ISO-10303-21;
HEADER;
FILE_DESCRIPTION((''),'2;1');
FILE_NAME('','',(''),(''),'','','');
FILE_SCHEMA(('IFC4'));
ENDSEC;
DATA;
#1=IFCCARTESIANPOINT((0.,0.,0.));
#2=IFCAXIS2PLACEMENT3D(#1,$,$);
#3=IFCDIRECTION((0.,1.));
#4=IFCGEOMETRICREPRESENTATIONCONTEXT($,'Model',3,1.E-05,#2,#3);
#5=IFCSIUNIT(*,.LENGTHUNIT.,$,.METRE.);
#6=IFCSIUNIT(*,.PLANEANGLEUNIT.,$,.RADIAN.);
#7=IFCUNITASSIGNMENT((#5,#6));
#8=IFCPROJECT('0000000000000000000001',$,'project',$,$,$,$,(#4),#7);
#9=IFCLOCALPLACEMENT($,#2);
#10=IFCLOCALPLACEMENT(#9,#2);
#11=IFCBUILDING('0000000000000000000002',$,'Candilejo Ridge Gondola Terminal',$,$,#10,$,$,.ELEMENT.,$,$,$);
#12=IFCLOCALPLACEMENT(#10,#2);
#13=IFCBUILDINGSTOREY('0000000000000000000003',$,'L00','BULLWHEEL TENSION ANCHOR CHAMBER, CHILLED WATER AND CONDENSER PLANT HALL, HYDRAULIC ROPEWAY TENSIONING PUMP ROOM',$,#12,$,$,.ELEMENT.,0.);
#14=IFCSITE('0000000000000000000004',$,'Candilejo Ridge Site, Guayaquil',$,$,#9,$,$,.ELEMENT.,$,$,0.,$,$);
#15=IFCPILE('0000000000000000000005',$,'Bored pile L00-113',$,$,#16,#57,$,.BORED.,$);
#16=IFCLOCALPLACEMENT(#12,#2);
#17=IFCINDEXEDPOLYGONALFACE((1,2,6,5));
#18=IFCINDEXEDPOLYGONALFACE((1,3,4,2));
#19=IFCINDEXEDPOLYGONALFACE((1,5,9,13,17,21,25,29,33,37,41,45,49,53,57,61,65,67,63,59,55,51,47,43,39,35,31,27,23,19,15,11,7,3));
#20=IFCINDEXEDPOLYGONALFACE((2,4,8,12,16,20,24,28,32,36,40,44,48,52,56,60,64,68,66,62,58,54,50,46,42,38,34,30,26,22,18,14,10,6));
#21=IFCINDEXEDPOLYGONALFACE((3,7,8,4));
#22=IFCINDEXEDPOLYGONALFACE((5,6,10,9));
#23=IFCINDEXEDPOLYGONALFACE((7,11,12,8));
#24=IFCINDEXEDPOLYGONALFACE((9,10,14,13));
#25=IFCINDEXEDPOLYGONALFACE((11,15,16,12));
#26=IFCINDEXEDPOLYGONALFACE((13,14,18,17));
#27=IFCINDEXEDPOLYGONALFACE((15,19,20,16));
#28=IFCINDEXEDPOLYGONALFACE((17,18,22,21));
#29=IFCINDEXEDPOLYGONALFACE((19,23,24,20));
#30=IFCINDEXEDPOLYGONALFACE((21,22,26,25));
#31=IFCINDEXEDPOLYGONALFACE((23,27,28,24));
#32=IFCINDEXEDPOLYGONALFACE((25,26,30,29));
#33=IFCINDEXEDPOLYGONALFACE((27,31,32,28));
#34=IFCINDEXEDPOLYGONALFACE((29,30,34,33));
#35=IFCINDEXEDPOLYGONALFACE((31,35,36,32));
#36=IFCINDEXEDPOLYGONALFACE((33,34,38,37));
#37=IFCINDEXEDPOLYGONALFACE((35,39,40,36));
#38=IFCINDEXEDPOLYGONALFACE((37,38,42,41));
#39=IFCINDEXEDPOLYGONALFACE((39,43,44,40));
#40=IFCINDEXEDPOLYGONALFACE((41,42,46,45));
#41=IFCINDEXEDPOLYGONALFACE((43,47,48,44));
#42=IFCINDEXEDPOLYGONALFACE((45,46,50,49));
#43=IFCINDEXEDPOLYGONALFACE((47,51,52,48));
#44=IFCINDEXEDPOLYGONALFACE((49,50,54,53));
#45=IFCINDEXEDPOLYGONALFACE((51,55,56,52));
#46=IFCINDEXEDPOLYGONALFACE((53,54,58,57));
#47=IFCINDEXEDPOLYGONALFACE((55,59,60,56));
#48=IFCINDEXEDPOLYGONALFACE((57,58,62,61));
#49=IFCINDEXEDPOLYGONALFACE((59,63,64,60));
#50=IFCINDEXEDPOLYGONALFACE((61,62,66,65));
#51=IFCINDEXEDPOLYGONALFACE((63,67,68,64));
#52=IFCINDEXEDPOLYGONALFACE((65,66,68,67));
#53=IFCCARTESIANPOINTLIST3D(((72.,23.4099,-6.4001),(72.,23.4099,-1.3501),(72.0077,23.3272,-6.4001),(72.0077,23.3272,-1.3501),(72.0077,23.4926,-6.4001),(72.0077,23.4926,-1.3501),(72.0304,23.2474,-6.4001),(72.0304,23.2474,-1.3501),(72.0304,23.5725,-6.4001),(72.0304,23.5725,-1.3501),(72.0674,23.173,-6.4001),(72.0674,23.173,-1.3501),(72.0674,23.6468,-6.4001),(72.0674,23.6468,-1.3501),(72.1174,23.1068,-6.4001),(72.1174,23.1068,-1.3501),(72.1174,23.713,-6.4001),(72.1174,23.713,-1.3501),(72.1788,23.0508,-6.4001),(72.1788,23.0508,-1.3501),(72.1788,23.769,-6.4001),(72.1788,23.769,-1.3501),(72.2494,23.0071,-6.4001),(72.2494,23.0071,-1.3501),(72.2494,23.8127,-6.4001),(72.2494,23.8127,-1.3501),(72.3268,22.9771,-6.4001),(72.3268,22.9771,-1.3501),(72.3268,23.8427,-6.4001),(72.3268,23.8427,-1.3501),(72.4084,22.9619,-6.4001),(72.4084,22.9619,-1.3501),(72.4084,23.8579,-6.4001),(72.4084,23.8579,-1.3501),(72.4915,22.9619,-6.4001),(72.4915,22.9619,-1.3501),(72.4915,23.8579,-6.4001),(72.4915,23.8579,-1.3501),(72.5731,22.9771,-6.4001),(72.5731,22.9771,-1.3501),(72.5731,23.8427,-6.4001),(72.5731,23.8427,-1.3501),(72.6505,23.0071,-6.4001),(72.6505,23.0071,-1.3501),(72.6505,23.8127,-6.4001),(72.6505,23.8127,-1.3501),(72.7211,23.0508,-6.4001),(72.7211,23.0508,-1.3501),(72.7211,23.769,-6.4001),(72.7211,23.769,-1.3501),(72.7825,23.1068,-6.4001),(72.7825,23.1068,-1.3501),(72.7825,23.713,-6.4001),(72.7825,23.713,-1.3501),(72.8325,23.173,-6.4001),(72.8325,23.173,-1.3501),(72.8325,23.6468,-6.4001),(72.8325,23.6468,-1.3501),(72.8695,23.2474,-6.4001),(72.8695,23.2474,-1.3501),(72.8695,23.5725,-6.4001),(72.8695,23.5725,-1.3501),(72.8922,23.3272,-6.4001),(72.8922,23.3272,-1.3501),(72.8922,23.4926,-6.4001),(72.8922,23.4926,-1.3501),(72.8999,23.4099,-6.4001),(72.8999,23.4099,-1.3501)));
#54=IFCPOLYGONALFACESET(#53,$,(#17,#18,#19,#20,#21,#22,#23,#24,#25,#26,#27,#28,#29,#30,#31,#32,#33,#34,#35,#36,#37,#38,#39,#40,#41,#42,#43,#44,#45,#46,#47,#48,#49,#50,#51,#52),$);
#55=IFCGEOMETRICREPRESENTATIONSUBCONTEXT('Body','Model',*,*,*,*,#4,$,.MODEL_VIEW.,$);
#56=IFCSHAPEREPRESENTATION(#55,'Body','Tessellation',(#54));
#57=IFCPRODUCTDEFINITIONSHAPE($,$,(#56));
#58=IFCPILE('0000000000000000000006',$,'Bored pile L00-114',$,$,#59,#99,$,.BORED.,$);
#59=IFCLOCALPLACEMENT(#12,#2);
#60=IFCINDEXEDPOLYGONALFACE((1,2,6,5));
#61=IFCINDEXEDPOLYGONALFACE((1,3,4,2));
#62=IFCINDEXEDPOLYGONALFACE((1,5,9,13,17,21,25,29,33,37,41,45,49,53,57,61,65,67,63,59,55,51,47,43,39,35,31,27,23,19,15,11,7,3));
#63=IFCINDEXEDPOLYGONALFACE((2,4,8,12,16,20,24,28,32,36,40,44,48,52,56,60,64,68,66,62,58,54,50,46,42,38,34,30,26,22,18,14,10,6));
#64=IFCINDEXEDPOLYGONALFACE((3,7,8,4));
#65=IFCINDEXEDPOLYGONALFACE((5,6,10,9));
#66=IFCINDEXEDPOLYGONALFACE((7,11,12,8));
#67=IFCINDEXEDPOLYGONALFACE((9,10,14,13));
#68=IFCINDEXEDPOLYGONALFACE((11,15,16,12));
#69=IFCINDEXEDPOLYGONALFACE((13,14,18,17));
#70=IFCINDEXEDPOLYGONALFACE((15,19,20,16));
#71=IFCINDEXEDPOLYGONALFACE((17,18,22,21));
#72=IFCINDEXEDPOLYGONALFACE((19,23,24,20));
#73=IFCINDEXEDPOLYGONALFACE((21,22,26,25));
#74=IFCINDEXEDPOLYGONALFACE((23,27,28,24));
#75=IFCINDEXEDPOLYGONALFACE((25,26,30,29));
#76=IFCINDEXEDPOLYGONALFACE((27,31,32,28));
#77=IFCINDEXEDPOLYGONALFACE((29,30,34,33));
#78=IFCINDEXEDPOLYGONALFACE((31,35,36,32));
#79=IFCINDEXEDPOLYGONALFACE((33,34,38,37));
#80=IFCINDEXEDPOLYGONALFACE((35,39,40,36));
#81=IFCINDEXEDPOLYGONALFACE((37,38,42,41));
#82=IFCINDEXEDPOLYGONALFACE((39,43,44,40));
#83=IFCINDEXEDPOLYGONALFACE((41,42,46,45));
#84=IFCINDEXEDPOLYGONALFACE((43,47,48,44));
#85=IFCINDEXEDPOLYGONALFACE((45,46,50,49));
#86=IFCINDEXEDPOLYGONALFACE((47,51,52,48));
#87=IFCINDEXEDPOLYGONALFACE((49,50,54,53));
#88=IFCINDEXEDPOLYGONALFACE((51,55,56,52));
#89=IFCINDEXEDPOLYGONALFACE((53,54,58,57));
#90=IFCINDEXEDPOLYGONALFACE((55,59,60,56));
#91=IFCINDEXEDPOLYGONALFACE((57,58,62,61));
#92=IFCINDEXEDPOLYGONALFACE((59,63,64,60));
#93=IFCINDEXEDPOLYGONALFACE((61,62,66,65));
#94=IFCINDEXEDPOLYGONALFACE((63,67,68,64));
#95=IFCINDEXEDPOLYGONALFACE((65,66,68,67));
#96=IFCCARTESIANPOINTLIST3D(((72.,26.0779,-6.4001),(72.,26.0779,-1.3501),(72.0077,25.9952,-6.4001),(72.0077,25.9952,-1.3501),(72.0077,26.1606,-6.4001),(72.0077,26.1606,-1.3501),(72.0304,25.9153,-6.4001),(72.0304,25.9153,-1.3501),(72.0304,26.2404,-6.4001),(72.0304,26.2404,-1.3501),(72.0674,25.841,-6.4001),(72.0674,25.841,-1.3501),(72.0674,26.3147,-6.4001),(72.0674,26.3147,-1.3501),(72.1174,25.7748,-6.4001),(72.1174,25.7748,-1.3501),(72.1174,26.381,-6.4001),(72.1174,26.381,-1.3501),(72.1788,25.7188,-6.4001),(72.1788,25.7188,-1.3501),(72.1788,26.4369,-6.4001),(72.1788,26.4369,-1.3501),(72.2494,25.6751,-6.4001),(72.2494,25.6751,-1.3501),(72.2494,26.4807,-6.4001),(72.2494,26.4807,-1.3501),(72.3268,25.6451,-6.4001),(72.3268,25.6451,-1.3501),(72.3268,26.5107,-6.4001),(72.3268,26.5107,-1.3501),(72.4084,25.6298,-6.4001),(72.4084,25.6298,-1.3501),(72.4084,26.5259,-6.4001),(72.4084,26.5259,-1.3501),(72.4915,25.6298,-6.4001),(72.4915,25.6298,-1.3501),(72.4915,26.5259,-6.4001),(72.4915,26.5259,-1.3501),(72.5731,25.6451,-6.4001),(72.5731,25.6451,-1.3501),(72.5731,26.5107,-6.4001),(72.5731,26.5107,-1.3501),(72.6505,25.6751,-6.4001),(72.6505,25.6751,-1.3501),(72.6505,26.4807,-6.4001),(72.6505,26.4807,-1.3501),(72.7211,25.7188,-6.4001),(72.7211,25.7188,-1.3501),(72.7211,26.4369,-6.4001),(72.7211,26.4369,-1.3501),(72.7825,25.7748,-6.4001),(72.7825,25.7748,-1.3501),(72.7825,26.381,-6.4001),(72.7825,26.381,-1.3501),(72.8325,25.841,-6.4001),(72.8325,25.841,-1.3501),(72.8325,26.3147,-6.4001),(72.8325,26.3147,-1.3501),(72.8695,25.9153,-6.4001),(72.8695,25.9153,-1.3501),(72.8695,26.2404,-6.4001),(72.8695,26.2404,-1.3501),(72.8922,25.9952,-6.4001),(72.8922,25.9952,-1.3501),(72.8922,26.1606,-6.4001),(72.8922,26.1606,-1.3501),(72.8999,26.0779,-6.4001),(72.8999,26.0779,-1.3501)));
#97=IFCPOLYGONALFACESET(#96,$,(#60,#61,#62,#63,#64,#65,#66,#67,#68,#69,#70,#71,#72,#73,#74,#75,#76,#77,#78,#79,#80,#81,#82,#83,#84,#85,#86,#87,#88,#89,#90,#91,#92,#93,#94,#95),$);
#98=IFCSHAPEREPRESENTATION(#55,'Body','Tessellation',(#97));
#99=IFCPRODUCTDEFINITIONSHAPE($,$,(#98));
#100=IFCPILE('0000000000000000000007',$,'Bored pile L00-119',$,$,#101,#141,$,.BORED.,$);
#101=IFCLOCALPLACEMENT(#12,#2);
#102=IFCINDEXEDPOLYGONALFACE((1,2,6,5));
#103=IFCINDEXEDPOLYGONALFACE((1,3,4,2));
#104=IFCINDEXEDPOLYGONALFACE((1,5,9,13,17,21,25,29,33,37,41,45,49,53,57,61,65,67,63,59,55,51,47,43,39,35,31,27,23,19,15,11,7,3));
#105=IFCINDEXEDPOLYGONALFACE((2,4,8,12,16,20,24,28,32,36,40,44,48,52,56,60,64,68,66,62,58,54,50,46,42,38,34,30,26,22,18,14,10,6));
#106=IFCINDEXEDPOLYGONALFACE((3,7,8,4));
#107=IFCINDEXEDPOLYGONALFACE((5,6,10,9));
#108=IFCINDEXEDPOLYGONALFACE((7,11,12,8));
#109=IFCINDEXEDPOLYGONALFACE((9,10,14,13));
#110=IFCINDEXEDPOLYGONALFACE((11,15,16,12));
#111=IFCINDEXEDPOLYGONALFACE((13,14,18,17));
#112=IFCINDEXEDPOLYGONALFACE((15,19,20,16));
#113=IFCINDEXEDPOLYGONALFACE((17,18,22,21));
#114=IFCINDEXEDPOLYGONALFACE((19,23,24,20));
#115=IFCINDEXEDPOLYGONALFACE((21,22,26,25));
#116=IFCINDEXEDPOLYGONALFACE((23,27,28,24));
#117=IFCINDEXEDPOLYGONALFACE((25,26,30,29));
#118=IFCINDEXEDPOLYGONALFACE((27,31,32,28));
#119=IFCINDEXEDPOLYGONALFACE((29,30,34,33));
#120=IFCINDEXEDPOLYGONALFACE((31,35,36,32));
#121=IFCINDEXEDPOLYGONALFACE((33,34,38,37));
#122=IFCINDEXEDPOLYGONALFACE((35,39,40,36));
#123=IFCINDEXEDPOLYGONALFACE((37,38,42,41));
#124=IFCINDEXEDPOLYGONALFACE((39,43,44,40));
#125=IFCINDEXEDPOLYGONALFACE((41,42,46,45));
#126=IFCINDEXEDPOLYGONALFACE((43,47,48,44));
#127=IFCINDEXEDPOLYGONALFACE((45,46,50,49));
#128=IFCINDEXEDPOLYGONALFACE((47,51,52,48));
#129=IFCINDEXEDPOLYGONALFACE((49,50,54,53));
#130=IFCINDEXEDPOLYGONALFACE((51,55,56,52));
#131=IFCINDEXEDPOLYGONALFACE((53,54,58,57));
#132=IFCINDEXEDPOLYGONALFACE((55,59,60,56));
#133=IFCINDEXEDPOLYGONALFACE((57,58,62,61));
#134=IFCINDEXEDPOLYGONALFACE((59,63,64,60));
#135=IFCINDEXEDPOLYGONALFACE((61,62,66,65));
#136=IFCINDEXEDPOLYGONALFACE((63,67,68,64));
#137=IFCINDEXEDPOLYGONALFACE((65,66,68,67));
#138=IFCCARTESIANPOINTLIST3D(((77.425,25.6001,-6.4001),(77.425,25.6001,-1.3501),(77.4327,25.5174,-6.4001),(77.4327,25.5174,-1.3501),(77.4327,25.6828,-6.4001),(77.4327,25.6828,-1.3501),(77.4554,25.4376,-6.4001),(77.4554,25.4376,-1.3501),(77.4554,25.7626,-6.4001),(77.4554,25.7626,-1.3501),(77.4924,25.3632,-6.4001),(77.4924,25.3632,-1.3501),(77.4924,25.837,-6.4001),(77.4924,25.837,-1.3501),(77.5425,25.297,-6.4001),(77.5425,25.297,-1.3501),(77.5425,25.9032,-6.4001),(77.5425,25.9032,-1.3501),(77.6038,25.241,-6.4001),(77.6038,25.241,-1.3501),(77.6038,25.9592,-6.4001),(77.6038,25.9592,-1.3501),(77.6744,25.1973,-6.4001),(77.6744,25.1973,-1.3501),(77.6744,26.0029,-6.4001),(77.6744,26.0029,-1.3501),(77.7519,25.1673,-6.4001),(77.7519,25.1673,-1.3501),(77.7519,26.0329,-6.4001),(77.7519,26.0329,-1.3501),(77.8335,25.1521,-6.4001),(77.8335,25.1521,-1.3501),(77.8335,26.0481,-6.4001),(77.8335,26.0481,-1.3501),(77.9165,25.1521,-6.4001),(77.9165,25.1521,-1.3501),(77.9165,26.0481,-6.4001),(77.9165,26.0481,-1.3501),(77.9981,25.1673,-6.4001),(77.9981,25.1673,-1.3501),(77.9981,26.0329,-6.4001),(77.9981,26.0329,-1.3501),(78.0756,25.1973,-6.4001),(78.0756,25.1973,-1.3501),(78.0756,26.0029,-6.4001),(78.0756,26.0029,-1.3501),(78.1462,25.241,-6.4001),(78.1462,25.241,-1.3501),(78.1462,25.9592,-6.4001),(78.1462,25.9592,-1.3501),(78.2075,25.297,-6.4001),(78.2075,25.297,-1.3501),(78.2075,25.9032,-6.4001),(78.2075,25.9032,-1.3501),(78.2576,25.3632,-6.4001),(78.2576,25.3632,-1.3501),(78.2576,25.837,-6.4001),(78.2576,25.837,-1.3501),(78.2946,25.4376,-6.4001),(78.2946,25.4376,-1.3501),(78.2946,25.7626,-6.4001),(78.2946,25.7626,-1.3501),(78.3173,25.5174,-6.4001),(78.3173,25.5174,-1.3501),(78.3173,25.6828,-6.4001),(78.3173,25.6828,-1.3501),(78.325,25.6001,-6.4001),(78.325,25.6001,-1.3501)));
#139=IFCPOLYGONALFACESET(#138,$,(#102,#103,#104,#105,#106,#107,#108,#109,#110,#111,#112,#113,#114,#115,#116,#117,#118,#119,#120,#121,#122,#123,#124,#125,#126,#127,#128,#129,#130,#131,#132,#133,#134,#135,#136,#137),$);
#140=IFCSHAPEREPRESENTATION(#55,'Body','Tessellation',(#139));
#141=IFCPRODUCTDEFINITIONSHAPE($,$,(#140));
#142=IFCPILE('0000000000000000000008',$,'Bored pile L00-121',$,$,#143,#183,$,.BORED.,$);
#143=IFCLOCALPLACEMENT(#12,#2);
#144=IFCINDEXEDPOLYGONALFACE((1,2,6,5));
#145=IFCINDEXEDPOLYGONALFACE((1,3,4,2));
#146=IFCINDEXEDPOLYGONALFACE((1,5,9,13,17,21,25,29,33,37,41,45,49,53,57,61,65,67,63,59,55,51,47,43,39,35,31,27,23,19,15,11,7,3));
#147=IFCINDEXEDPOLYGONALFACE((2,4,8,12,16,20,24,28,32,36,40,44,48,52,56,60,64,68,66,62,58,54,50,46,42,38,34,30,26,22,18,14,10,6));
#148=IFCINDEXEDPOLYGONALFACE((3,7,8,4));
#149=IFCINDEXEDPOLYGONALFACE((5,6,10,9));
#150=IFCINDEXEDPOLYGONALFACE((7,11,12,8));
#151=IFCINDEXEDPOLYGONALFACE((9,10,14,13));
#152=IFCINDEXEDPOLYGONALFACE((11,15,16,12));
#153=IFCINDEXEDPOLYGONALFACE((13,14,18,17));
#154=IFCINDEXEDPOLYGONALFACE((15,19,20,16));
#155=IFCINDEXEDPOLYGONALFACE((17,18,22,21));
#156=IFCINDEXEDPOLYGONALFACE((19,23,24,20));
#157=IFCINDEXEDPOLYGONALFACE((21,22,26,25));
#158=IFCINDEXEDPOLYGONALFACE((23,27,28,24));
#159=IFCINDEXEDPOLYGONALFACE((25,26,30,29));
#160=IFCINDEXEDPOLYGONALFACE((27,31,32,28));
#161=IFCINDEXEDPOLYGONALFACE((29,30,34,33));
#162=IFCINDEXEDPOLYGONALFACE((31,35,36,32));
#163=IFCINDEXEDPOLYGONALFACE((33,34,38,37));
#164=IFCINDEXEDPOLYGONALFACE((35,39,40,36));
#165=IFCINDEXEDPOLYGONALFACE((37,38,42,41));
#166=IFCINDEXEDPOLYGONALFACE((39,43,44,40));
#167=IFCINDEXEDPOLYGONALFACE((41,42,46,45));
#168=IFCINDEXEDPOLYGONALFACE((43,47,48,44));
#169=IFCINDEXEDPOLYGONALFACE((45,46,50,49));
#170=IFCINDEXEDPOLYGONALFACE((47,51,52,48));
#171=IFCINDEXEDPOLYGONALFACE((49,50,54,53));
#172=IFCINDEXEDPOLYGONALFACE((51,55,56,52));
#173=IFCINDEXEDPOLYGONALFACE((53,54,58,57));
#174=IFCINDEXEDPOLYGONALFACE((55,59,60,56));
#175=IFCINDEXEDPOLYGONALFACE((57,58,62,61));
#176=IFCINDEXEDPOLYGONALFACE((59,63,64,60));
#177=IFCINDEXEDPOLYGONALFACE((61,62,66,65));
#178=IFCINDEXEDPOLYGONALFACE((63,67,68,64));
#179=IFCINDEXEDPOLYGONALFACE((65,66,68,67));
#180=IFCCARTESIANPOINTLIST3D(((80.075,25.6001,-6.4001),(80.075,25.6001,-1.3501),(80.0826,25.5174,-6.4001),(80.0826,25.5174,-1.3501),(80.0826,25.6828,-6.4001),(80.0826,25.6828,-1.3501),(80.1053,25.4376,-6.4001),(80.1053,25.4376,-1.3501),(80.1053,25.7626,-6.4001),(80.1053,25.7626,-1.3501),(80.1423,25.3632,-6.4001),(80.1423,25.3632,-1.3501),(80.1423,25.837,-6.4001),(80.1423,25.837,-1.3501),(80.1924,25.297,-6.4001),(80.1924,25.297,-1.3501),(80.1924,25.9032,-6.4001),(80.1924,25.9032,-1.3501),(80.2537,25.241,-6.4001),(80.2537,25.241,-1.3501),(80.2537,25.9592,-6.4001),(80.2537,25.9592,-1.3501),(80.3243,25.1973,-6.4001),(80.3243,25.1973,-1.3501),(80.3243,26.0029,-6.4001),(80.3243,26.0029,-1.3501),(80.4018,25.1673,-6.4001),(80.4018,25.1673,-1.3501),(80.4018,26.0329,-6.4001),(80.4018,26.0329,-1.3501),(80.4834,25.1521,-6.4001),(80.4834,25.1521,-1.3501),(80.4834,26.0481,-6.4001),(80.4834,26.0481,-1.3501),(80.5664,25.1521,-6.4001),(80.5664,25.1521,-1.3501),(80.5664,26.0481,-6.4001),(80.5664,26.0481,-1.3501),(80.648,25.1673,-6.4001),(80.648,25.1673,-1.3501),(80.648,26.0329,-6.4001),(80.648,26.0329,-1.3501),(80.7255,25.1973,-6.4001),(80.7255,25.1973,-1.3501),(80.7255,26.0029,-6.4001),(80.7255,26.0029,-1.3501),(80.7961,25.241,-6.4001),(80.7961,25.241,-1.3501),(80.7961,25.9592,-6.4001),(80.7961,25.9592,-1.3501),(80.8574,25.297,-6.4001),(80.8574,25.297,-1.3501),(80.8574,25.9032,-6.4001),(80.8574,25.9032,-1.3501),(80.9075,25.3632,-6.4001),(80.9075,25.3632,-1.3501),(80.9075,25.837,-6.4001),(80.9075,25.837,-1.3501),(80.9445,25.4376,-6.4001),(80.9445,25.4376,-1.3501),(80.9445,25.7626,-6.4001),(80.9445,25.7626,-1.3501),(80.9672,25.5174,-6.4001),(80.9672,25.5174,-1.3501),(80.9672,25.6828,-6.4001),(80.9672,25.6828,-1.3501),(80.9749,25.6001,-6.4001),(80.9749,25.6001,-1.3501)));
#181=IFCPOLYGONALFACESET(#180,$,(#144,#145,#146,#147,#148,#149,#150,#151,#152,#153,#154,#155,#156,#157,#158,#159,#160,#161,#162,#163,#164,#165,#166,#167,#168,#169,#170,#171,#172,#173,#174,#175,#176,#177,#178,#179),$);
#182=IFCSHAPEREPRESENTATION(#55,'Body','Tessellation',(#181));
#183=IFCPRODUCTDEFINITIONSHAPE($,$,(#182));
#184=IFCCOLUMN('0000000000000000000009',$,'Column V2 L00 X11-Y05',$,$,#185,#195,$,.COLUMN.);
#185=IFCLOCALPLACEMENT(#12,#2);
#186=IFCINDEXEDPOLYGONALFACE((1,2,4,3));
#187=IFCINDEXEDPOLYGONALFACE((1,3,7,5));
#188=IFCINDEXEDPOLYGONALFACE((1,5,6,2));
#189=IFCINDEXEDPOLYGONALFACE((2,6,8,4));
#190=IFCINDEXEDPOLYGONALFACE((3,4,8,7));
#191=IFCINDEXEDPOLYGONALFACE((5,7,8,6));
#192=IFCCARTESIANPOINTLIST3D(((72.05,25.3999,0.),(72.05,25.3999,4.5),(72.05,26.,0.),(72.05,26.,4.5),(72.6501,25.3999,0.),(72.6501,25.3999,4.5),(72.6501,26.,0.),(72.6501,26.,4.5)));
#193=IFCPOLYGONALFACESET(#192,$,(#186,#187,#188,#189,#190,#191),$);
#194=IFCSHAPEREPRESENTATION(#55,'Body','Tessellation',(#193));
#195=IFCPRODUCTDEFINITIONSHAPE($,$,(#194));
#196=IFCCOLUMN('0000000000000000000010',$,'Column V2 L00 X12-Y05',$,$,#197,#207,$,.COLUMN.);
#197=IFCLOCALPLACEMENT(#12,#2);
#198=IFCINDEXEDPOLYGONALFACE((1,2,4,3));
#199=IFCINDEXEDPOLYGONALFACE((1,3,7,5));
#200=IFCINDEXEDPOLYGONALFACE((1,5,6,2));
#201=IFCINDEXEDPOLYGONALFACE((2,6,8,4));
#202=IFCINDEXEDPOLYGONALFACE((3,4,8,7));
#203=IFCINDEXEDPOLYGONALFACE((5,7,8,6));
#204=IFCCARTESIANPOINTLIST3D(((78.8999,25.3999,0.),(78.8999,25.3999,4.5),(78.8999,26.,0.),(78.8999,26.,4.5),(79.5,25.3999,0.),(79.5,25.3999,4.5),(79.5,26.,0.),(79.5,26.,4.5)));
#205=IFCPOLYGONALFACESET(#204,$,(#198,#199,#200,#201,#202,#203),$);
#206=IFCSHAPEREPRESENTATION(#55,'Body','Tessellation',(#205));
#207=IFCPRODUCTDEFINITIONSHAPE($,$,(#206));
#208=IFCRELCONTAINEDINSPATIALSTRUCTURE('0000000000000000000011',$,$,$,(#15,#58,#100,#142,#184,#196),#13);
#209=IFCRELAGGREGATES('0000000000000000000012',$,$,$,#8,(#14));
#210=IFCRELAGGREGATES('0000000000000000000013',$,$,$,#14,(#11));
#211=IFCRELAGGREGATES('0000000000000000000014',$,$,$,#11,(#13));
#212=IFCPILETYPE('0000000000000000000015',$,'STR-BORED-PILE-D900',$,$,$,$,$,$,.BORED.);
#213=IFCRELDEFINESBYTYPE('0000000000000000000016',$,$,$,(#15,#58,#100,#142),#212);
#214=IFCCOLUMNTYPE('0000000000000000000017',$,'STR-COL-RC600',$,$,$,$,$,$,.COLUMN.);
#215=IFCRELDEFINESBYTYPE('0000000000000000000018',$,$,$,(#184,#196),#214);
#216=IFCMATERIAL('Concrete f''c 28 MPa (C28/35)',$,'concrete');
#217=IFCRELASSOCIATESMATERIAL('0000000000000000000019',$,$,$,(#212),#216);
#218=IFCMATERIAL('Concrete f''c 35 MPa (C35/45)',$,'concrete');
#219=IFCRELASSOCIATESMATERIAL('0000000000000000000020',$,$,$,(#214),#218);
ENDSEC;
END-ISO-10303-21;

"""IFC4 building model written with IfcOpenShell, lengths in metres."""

from ifc_helpers import new_model, si_unit, direction, frame, origin, origin_2d, place, context, subcontext, project, spatial, rectangle, circle, extrude, material, material_profile, profile_set, type_object, element, save


model = new_model("IFC4")

# Units and contexts
model_context = context("Model", 3, precision=1e-05, world=origin(), true_north=direction((0.0, 1.0)))
body_context = subcontext(model_context, "Body", "Model", "MODEL_VIEW")
ifc_project = project(units=[si_unit("LENGTHUNIT", "METRE"), si_unit("PLANEANGLEUNIT", "RADIAN")], contexts=[model_context])

# Site, building, storey
site_placement = place(None, origin())
site = spatial("IfcSite", under=ifc_project, at=site_placement, Name="Candilejo Ridge Site, Guayaquil", CompositionType="ELEMENT", RefElevation=0.0)
building_placement = place(site_placement, origin())
building = spatial("IfcBuilding", under=site, at=building_placement, Name="Candilejo Ridge Gondola Terminal", CompositionType="ELEMENT")
storey_placement = place(building_placement, origin())
storey = spatial("IfcBuildingStorey", under=building, at=storey_placement, Name="L00", Description="BULLWHEEL TENSION ANCHOR CHAMBER, CHILLED WATER AND CONDENSER PLANT HALL, HYDRAULIC ROPEWAY TENSIONING PUMP ROOM", CompositionType="ELEMENT", Elevation=0.0)

# Piles
ifc_material_1 = material(Name="Concrete f'c 28 MPa (C28/35)", Category="concrete")
ifc_material_profile_1 = material_profile(ifc_material_1, circle(Radius=0.45, at=origin_2d()))
ifc_profile_set_1 = profile_set([ifc_material_profile_1], Name="Concrete f'c 28 MPa (C28/35)")
pile_type = type_object("IfcPileType", Name="STR-BORED-PILE-D900", PredefinedType="BORED", material=ifc_profile_set_1)
for number, where, z_axis, x_axis, name in (
    (1, (72.45, 23.4099, -1.3501), (0.0, 0.0, -1.0), (1.0, 0.0, 0.0), "Bored pile L00-113"),
    (2, (72.45, 26.0779, -1.3501), (0.0, 0.0, -1.0), (1.0, 0.0, 0.0), "Bored pile L00-114"),
    (3, (77.875, 25.6001, -1.3501), (0.0, 0.0, -1.0), (1.0, 0.0, 0.0), "Bored pile L00-119"),
    (4, (80.5249, 25.6001, -1.3501), (0.0, 0.0, -1.0), (1.0, 0.0, 0.0), "Bored pile L00-121"),
):
    element("IfcPile", number, at=place(storey_placement, frame(where, z_axis=z_axis, x_axis=x_axis)), inside=storey, type_object=pile_type, Name=name, PredefinedType="BORED", context=body_context, shape_type="SweptSolid", body=[
        extrude(circle(Radius=0.45, at=origin_2d()), origin(), (0.0, 0.0, 1.0), 5.05),
    ])

# Columns
ifc_material_2 = material(Name="Concrete f'c 35 MPa (C35/45)", Category="concrete")
ifc_material_profile_2 = material_profile(ifc_material_2, rectangle(XDim=0.6001, YDim=0.6001, at=origin_2d()))
ifc_profile_set_2 = profile_set([ifc_material_profile_2], Name="Concrete f'c 35 MPa (C35/45)")
column_type = type_object("IfcColumnType", Name="STR-COL-RC600", PredefinedType="COLUMN", material=ifc_profile_set_2)
for number, where, z_axis, x_axis, name in (
    (5, (72.3501, 25.7, 0.0), (0.0, 0.0, 1.0), (1.0, 0.0, 0.0), "Column V2 L00 X11-Y05"),
    (6, (79.2, 25.7, 0.0), (0.0, 0.0, 1.0), (1.0, 0.0, 0.0), "Column V2 L00 X12-Y05"),
):
    element("IfcColumn", number, at=place(storey_placement, frame(where, z_axis=z_axis, x_axis=x_axis)), inside=storey, type_object=column_type, Name=name, PredefinedType="COLUMN", context=body_context, shape_type="SweptSolid", body=[
        extrude(rectangle(XDim=0.6001, YDim=0.6001, at=origin_2d()), origin(), (0.0, 0.0, 1.0), 4.5),
    ])

save(model, "model.ifc")
